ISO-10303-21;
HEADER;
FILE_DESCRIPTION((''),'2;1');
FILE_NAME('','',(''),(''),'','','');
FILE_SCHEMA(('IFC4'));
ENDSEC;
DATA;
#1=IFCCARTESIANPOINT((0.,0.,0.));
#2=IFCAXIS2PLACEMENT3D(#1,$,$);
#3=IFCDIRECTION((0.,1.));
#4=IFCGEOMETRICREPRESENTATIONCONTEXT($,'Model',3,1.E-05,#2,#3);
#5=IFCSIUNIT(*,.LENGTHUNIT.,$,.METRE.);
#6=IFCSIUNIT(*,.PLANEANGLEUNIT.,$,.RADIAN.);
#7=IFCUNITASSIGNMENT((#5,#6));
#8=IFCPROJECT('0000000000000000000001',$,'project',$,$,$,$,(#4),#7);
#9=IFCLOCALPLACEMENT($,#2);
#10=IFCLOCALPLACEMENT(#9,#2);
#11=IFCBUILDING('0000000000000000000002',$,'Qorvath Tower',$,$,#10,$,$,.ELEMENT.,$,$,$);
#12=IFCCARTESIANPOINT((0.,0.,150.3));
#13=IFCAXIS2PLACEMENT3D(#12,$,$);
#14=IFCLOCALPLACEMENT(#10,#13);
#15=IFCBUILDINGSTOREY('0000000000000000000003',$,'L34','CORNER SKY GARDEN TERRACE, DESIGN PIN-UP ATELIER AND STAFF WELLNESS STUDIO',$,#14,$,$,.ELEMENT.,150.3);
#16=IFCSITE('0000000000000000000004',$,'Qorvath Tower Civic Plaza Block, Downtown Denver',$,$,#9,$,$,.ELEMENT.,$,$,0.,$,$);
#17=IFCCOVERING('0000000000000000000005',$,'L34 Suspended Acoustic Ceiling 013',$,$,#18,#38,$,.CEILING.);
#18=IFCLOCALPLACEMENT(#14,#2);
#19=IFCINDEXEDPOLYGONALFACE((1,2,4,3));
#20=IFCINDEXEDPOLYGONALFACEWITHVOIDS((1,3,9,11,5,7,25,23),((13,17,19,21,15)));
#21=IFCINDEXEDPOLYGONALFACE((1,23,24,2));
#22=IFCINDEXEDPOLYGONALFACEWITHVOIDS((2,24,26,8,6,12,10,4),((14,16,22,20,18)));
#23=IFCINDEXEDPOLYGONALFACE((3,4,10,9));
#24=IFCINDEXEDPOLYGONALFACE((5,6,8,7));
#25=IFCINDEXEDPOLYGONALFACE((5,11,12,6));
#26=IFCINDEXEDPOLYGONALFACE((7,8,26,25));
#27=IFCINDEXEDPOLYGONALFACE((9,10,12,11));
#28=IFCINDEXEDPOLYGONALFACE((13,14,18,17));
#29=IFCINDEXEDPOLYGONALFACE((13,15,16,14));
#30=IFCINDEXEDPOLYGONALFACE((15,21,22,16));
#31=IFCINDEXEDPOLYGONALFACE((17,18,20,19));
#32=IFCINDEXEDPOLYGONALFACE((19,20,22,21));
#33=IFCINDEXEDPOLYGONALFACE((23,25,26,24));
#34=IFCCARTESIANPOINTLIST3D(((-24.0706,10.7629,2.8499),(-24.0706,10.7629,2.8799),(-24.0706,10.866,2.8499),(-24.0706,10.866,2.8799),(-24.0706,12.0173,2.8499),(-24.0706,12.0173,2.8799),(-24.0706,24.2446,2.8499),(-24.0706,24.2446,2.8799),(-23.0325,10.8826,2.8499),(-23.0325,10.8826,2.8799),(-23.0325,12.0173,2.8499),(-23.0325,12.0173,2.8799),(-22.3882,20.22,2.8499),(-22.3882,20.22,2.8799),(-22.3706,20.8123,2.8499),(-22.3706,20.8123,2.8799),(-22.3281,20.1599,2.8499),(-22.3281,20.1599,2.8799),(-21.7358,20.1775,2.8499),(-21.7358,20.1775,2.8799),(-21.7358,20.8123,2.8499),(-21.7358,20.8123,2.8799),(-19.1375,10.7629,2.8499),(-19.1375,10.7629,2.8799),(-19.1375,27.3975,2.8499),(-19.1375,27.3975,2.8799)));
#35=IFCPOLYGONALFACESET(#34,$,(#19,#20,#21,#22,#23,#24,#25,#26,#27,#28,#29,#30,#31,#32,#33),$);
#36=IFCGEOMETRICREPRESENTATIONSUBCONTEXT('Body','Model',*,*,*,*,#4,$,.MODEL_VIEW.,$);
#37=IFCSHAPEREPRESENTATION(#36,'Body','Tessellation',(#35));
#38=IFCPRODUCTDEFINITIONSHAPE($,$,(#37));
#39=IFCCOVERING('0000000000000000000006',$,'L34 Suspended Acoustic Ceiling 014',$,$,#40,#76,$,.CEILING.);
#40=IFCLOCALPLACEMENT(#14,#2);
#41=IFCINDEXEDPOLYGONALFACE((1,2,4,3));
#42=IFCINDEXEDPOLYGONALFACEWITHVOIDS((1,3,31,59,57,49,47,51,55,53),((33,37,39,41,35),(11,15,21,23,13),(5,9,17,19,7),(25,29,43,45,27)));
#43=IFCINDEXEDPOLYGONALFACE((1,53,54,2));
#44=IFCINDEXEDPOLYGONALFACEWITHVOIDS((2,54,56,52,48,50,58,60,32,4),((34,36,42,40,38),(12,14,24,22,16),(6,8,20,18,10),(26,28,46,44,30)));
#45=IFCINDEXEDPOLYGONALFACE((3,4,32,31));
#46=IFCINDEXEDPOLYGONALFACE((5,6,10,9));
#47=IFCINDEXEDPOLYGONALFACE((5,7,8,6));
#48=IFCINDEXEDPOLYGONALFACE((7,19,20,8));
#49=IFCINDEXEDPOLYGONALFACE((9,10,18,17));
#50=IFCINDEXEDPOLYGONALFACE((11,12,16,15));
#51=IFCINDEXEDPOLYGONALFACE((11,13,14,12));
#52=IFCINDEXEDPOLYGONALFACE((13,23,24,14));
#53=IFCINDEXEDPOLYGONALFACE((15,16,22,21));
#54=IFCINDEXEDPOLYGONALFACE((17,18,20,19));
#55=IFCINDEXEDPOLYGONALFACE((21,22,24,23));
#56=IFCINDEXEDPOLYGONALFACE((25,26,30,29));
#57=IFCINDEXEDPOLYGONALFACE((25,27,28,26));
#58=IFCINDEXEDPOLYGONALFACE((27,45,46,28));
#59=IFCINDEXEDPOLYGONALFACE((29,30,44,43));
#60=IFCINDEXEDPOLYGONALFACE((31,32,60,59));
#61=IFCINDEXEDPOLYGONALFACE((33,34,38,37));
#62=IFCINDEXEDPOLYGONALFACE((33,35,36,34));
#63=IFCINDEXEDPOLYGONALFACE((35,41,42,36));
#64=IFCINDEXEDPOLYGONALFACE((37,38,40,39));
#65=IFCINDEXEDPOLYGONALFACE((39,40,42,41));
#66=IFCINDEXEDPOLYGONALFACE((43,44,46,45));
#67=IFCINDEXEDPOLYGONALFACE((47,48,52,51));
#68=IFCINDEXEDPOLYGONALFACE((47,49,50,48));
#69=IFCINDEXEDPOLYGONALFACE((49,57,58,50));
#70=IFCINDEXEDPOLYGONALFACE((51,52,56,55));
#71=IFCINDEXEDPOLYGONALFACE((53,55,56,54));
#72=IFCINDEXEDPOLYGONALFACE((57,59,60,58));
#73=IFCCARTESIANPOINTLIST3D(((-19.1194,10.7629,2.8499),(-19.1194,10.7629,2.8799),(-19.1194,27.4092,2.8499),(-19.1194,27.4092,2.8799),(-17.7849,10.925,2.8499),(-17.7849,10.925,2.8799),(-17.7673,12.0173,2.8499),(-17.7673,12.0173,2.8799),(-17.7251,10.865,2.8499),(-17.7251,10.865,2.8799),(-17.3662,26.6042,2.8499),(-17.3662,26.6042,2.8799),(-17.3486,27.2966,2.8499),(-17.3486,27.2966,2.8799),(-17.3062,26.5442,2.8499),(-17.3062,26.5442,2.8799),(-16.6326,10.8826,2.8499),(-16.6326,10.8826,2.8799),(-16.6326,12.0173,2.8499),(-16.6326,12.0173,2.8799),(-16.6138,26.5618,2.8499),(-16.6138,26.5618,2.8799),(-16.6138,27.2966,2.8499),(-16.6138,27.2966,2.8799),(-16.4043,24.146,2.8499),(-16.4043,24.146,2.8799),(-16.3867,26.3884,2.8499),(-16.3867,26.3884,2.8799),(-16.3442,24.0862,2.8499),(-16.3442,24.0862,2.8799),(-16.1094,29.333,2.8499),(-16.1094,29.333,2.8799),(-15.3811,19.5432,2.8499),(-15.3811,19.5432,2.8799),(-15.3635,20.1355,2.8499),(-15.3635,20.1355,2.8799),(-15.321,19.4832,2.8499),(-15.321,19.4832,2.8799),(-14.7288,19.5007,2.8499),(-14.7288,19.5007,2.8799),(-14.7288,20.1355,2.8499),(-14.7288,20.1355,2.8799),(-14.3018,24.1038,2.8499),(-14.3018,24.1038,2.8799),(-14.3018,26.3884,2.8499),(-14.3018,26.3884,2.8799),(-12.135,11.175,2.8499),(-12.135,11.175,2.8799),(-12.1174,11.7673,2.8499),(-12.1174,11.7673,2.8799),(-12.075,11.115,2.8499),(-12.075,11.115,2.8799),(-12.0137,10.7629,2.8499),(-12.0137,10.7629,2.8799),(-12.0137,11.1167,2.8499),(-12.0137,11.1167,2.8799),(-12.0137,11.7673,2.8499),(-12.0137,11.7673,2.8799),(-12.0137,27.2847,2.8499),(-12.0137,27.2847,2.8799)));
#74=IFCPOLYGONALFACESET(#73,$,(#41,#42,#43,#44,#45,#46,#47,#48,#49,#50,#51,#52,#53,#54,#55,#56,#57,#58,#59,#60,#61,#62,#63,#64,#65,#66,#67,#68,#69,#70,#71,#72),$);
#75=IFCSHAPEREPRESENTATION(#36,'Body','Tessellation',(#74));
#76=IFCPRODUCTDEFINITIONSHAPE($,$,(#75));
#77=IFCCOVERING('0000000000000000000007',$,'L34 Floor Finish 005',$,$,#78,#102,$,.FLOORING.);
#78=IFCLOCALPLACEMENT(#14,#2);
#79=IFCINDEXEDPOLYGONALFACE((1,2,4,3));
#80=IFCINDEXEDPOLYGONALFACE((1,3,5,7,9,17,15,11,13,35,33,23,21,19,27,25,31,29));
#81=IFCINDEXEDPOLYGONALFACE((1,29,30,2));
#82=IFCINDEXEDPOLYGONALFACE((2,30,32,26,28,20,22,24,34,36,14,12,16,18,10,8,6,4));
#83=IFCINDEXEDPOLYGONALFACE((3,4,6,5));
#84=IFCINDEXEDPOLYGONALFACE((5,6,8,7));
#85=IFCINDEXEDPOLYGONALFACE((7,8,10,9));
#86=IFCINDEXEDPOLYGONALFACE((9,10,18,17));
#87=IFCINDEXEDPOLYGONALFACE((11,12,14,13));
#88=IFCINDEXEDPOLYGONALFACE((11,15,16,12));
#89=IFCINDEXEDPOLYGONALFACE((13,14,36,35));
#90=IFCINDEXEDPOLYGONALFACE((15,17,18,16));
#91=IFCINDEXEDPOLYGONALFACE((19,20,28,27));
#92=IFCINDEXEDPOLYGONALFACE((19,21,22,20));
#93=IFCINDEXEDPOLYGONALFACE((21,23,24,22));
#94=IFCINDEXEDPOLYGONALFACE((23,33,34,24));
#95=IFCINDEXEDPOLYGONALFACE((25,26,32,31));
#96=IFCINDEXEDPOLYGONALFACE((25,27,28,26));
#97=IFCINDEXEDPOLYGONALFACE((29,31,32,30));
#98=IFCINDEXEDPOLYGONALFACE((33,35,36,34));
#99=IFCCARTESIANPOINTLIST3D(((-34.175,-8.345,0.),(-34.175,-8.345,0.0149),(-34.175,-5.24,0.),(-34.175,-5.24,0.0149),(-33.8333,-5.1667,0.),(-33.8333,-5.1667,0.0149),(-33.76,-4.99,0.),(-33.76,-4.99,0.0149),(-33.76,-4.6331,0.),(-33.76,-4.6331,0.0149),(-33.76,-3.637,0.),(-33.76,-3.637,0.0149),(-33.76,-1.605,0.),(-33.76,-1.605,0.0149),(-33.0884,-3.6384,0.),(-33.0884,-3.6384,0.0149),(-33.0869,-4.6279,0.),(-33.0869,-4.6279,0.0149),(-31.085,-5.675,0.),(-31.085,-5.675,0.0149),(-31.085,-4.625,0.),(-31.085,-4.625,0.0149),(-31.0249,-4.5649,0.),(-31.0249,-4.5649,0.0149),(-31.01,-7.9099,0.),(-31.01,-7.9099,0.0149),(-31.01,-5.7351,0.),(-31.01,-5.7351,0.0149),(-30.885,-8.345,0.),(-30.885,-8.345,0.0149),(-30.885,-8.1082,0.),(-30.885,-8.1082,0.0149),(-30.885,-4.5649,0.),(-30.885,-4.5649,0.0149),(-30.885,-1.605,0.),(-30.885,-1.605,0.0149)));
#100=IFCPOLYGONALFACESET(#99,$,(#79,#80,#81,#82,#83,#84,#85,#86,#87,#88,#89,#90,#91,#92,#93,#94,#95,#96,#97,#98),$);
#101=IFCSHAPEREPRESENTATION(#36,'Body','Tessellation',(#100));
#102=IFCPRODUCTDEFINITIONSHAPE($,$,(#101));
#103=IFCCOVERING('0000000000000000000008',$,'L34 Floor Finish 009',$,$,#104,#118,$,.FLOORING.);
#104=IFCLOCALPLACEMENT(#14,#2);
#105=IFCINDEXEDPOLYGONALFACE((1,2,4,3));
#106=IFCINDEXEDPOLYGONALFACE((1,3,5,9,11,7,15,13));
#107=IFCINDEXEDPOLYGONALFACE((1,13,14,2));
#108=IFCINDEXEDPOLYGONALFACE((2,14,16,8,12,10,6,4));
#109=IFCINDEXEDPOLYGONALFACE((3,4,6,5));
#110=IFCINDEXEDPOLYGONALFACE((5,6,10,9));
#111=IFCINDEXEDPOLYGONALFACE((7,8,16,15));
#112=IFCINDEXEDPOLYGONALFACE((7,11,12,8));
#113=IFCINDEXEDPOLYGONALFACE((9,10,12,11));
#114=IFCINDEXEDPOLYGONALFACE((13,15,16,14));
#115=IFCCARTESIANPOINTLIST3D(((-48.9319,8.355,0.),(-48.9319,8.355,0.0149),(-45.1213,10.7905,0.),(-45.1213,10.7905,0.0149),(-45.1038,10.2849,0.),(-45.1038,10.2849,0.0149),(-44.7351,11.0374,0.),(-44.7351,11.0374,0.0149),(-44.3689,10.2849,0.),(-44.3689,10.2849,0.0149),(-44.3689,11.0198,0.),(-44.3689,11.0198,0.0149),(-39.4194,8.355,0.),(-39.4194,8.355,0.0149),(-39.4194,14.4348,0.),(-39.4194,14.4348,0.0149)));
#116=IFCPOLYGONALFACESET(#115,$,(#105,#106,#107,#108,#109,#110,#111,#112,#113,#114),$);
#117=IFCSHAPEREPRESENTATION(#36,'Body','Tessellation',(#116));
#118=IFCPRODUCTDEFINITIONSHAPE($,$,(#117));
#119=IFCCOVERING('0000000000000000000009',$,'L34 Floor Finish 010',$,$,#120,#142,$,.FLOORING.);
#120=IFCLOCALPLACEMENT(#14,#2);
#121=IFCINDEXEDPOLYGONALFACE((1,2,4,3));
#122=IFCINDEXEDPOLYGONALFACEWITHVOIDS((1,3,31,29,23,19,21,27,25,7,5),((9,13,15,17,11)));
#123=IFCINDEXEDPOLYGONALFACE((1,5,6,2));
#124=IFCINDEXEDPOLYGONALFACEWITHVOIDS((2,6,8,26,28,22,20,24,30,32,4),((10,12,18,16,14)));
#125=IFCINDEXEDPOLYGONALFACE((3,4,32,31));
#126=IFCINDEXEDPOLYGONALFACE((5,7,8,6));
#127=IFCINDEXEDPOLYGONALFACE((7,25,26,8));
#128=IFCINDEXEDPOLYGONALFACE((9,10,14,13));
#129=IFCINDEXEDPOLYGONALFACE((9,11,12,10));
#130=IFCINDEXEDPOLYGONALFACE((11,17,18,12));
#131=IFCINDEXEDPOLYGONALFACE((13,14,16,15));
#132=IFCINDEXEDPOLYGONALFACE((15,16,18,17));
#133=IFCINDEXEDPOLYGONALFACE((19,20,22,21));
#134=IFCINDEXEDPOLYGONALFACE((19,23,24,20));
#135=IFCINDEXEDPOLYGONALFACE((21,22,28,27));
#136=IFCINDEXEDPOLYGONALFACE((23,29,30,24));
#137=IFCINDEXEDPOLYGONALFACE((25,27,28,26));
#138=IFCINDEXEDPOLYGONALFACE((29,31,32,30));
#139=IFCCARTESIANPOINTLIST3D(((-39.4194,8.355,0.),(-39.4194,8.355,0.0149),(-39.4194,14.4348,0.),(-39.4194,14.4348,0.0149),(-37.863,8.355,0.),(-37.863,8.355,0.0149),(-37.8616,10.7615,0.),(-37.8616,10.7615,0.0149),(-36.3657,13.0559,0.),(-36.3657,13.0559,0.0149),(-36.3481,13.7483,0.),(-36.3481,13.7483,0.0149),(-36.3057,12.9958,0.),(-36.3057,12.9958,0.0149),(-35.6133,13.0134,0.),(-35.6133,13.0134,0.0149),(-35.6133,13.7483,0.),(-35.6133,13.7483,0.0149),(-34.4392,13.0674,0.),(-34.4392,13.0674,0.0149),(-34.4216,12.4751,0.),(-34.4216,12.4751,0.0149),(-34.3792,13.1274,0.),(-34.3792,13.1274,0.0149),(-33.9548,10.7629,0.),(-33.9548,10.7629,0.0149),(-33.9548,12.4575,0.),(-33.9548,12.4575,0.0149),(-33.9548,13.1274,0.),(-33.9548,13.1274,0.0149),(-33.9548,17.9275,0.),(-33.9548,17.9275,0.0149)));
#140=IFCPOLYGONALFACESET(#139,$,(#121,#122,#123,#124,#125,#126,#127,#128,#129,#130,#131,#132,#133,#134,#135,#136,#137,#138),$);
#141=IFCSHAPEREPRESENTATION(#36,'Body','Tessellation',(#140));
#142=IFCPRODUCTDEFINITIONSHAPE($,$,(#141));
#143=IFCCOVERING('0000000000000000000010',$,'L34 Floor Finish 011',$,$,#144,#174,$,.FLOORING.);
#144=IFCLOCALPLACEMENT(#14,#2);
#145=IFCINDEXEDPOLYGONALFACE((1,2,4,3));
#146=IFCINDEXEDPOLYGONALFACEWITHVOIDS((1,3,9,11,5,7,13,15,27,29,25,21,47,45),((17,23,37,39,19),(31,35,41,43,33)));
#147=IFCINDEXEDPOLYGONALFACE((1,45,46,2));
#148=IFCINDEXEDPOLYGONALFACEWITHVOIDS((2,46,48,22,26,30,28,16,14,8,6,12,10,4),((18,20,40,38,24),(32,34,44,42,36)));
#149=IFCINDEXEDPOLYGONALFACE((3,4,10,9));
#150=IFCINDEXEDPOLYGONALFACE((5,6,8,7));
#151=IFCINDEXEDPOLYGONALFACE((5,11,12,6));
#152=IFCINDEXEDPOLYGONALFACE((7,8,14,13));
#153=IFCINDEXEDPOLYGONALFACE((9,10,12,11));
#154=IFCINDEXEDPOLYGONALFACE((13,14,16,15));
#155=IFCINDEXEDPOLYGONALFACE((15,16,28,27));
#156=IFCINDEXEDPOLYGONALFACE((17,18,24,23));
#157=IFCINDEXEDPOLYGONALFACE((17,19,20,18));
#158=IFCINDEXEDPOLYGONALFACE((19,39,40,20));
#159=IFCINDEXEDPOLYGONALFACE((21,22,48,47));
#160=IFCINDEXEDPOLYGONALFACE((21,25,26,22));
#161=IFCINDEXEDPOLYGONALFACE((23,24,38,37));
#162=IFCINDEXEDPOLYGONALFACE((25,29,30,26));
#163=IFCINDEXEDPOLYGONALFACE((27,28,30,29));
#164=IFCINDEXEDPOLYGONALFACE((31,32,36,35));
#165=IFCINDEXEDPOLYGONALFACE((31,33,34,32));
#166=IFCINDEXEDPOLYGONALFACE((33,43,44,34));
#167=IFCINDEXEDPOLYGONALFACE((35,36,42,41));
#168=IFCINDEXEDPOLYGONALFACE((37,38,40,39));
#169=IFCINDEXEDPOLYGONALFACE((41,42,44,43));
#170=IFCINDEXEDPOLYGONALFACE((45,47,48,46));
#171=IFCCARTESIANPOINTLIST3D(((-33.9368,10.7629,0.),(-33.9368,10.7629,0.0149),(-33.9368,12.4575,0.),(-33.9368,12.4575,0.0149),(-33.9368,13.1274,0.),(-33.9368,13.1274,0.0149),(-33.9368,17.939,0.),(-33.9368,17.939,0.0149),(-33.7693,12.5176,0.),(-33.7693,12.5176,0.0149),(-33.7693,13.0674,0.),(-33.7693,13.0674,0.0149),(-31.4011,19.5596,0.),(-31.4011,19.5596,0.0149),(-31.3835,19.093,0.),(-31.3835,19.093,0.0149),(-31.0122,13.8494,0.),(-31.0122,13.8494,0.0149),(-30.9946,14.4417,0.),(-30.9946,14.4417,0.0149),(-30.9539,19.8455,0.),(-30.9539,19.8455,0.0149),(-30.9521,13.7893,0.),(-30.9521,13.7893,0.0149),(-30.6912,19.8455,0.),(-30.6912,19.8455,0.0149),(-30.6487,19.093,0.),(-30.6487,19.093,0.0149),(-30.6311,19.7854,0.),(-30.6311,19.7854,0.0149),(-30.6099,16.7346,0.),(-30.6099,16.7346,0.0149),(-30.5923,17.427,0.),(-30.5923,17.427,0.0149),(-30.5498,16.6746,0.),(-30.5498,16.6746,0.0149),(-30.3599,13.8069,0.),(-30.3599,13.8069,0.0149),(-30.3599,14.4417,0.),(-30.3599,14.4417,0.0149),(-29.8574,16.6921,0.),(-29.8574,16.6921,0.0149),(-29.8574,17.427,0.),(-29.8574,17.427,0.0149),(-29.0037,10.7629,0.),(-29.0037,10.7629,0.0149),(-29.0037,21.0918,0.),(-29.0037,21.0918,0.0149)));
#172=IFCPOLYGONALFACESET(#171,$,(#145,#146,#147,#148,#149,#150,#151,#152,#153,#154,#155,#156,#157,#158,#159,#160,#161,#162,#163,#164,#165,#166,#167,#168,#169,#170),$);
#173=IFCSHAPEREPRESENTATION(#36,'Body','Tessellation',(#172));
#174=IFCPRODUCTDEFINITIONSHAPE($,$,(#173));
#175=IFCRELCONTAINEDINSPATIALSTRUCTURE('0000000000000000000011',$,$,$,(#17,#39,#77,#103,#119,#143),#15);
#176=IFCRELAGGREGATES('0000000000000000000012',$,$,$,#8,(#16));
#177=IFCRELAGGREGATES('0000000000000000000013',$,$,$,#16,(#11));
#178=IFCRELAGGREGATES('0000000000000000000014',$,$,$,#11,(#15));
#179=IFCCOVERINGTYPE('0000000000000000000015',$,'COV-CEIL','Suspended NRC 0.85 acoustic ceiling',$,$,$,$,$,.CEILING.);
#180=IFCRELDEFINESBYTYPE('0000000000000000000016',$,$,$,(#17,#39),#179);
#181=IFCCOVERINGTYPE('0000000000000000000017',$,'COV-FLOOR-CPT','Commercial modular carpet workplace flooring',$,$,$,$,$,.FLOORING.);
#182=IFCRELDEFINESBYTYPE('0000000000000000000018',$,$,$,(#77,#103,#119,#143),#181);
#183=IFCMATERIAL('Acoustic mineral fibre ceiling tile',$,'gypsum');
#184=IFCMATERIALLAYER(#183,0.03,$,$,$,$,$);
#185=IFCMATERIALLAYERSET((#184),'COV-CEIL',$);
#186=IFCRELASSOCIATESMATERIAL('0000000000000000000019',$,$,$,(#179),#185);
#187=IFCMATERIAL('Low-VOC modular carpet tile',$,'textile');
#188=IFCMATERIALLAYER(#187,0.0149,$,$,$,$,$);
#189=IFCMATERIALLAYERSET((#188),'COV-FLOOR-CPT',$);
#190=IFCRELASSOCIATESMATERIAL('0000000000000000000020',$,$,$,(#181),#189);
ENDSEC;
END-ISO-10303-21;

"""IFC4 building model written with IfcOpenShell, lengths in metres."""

from ifc_helpers import new_model, si_unit, direction, frame, origin, place, context, subcontext, project, spatial, polyline, outline, extrude, material, layer, layer_set, type_object, element, save


model = new_model("IFC4")

# Units and contexts
model_context = context("Model", 3, precision=1e-05, world=origin(), true_north=direction((0.0, 1.0)))
body_context = subcontext(model_context, "Body", "Model", "MODEL_VIEW")
ifc_project = project(units=[si_unit("LENGTHUNIT", "METRE"), si_unit("PLANEANGLEUNIT", "RADIAN")], contexts=[model_context])

# Site, building, storey
site_placement = place(None, origin())
site = spatial("IfcSite", under=ifc_project, at=site_placement, Name="Qorvath Tower Civic Plaza Block, Downtown Denver", CompositionType="ELEMENT", RefElevation=0.0)
building_placement = place(site_placement, origin())
building = spatial("IfcBuilding", under=site, at=building_placement, Name="Qorvath Tower", CompositionType="ELEMENT")
storey_placement = place(building_placement, frame((0.0, 0.0, 150.3)))
storey = spatial("IfcBuildingStorey", under=building, at=storey_placement, Name="L34", Description="CORNER SKY GARDEN TERRACE, DESIGN PIN-UP ATELIER AND STAFF WELLNESS STUDIO", CompositionType="ELEMENT", Elevation=150.3)

# Coverings
ifc_material_1 = material(Name="Acoustic mineral fibre ceiling tile", Category="gypsum")
ifc_layer_1 = layer(ifc_material_1, 0.03)
ifc_layer_set_1 = layer_set([ifc_layer_1], Name="COV-CEIL")
covering_type_1 = type_object("IfcCoveringType", Name="COV-CEIL", Description="Suspended NRC 0.85 acoustic ceiling", PredefinedType="CEILING", material=ifc_layer_set_1)
covering_1_placement = place(storey_placement, frame((0.0, 0.0, 2.8499)))
element("IfcCovering", 1, at=covering_1_placement, inside=storey, type_object=covering_type_1, Name="L34 Suspended Acoustic Ceiling 013", PredefinedType="CEILING", context=body_context, shape_type="SweptSolid", body=[
    extrude(outline(polyline([(-19.1375, 10.7629), (-19.1375, 27.3975), (-24.0706, 24.2446), (-24.0706, 12.0173), (-23.0325, 12.0173), (-23.0325, 10.8826), (-24.0706, 10.866), (-24.0706, 10.7629), (-19.1375, 10.7629)]), holes=[polyline([(-22.3882, 20.22), (-22.3706, 20.8123), (-21.7358, 20.8123), (-21.7358, 20.1775), (-22.3281, 20.1599), (-22.3882, 20.22)])]), origin(), (0.0, 0.0, 1.0), 0.03),
])
covering_2_placement = place(storey_placement, frame((0.0, 0.0, 2.8499)))
element("IfcCovering", 2, at=covering_2_placement, inside=storey, type_object=covering_type_1, Name="L34 Suspended Acoustic Ceiling 014", PredefinedType="CEILING", context=body_context, shape_type="SweptSolid", body=[
    extrude(outline(polyline([(-12.0137, 10.7629), (-12.0137, 11.1167), (-12.075, 11.115), (-12.135, 11.175), (-12.1174, 11.7673), (-12.0137, 11.7673), (-12.0137, 27.2847), (-16.1094, 29.333), (-19.1194, 27.4092), (-19.1194, 10.7629), (-12.0137, 10.7629)]), holes=[polyline([(-16.4043, 24.146), (-16.3867, 26.3884), (-14.3018, 26.3884), (-14.3018, 24.1038), (-16.3442, 24.0862), (-16.4043, 24.146)]), polyline([(-15.3811, 19.5432), (-15.3635, 20.1355), (-14.7288, 20.1355), (-14.7288, 19.5007), (-15.321, 19.4832), (-15.3811, 19.5432)]), polyline([(-17.3662, 26.6042), (-17.3486, 27.2966), (-16.6138, 27.2966), (-16.6138, 26.5618), (-17.3062, 26.5442), (-17.3662, 26.6042)]), polyline([(-17.7849, 10.925), (-17.7673, 12.0173), (-16.6326, 12.0173), (-16.6326, 10.8826), (-17.7251, 10.865), (-17.7849, 10.925)])]), origin(), (0.0, 0.0, 1.0), 0.03),
])
ifc_material_2 = material(Name="Low-VOC modular carpet tile", Category="textile")
ifc_layer_2 = layer(ifc_material_2, 0.0149)
ifc_layer_set_2 = layer_set([ifc_layer_2], Name="COV-FLOOR-CPT")
covering_type_2 = type_object("IfcCoveringType", Name="COV-FLOOR-CPT", Description="Commercial modular carpet workplace flooring", PredefinedType="FLOORING", material=ifc_layer_set_2)
covering_3_placement = place(storey_placement, origin())
element("IfcCovering", 3, at=covering_3_placement, inside=storey, type_object=covering_type_2, Name="L34 Floor Finish 005", PredefinedType="FLOORING", context=body_context, shape_type="SweptSolid", body=[
    extrude(outline(polyline([(-30.885, -1.605), (-33.76, -1.605), (-33.76, -3.637), (-33.0884, -3.6384), (-33.0869, -4.6279), (-33.76, -4.6331), (-33.76, -4.99), (-33.8333, -5.1667), (-34.175, -5.24), (-34.175, -8.345), (-30.885, -8.345), (-30.885, -8.1082), (-31.01, -7.9099), (-31.01, -5.7351), (-31.085, -5.675), (-31.085, -4.625), (-31.0249, -4.5649), (-30.885, -4.5649), (-30.885, -1.605)])), origin(), (0.0, 0.0, 1.0), 0.0149),
])
covering_4_placement = place(storey_placement, origin())
element("IfcCovering", 4, at=covering_4_placement, inside=storey, type_object=covering_type_2, Name="L34 Floor Finish 009", PredefinedType="FLOORING", context=body_context, shape_type="SweptSolid", body=[
    extrude(outline(polyline([(-39.4194, 8.355), (-39.4194, 14.4348), (-44.7351, 11.0374), (-44.3689, 11.0198), (-44.3689, 10.2849), (-45.1038, 10.2849), (-45.1213, 10.7905), (-48.9319, 8.355), (-39.4194, 8.355)])), origin(), (0.0, 0.0, 1.0), 0.0149),
])
covering_5_placement = place(storey_placement, origin())
element("IfcCovering", 5, at=covering_5_placement, inside=storey, type_object=covering_type_2, Name="L34 Floor Finish 010", PredefinedType="FLOORING", context=body_context, shape_type="SweptSolid", body=[
    extrude(outline(polyline([(-33.9548, 13.1274), (-33.9548, 17.9275), (-39.4194, 14.4348), (-39.4194, 8.355), (-37.863, 8.355), (-37.8616, 10.7615), (-33.9548, 10.7629), (-33.9548, 12.4575), (-34.4216, 12.4751), (-34.4392, 13.0674), (-34.3792, 13.1274), (-33.9548, 13.1274)]), holes=[polyline([(-36.3657, 13.0559), (-36.3481, 13.7483), (-35.6133, 13.7483), (-35.6133, 13.0134), (-36.3057, 12.9958), (-36.3657, 13.0559)])]), origin(), (0.0, 0.0, 1.0), 0.0149),
])
covering_6_placement = place(storey_placement, origin())
element("IfcCovering", 6, at=covering_6_placement, inside=storey, type_object=covering_type_2, Name="L34 Floor Finish 011", PredefinedType="FLOORING", context=body_context, shape_type="SweptSolid", body=[
    extrude(outline(polyline([(-29.0037, 10.7629), (-29.0037, 21.0918), (-30.9539, 19.8455), (-30.6912, 19.8455), (-30.6311, 19.7854), (-30.6487, 19.093), (-31.3835, 19.093), (-31.4011, 19.5596), (-33.9368, 17.939), (-33.9368, 13.1274), (-33.7693, 13.0674), (-33.7693, 12.5176), (-33.9368, 12.4575), (-33.9368, 10.7629), (-29.0037, 10.7629)]), holes=[polyline([(-30.6099, 16.7346), (-30.5923, 17.427), (-29.8574, 17.427), (-29.8574, 16.6921), (-30.5498, 16.6746), (-30.6099, 16.7346)]), polyline([(-31.0122, 13.8494), (-30.9946, 14.4417), (-30.3599, 14.4417), (-30.3599, 13.8069), (-30.9521, 13.7893), (-31.0122, 13.8494)])]), origin(), (0.0, 0.0, 1.0), 0.0149),
])

save(model, "model.ifc")
